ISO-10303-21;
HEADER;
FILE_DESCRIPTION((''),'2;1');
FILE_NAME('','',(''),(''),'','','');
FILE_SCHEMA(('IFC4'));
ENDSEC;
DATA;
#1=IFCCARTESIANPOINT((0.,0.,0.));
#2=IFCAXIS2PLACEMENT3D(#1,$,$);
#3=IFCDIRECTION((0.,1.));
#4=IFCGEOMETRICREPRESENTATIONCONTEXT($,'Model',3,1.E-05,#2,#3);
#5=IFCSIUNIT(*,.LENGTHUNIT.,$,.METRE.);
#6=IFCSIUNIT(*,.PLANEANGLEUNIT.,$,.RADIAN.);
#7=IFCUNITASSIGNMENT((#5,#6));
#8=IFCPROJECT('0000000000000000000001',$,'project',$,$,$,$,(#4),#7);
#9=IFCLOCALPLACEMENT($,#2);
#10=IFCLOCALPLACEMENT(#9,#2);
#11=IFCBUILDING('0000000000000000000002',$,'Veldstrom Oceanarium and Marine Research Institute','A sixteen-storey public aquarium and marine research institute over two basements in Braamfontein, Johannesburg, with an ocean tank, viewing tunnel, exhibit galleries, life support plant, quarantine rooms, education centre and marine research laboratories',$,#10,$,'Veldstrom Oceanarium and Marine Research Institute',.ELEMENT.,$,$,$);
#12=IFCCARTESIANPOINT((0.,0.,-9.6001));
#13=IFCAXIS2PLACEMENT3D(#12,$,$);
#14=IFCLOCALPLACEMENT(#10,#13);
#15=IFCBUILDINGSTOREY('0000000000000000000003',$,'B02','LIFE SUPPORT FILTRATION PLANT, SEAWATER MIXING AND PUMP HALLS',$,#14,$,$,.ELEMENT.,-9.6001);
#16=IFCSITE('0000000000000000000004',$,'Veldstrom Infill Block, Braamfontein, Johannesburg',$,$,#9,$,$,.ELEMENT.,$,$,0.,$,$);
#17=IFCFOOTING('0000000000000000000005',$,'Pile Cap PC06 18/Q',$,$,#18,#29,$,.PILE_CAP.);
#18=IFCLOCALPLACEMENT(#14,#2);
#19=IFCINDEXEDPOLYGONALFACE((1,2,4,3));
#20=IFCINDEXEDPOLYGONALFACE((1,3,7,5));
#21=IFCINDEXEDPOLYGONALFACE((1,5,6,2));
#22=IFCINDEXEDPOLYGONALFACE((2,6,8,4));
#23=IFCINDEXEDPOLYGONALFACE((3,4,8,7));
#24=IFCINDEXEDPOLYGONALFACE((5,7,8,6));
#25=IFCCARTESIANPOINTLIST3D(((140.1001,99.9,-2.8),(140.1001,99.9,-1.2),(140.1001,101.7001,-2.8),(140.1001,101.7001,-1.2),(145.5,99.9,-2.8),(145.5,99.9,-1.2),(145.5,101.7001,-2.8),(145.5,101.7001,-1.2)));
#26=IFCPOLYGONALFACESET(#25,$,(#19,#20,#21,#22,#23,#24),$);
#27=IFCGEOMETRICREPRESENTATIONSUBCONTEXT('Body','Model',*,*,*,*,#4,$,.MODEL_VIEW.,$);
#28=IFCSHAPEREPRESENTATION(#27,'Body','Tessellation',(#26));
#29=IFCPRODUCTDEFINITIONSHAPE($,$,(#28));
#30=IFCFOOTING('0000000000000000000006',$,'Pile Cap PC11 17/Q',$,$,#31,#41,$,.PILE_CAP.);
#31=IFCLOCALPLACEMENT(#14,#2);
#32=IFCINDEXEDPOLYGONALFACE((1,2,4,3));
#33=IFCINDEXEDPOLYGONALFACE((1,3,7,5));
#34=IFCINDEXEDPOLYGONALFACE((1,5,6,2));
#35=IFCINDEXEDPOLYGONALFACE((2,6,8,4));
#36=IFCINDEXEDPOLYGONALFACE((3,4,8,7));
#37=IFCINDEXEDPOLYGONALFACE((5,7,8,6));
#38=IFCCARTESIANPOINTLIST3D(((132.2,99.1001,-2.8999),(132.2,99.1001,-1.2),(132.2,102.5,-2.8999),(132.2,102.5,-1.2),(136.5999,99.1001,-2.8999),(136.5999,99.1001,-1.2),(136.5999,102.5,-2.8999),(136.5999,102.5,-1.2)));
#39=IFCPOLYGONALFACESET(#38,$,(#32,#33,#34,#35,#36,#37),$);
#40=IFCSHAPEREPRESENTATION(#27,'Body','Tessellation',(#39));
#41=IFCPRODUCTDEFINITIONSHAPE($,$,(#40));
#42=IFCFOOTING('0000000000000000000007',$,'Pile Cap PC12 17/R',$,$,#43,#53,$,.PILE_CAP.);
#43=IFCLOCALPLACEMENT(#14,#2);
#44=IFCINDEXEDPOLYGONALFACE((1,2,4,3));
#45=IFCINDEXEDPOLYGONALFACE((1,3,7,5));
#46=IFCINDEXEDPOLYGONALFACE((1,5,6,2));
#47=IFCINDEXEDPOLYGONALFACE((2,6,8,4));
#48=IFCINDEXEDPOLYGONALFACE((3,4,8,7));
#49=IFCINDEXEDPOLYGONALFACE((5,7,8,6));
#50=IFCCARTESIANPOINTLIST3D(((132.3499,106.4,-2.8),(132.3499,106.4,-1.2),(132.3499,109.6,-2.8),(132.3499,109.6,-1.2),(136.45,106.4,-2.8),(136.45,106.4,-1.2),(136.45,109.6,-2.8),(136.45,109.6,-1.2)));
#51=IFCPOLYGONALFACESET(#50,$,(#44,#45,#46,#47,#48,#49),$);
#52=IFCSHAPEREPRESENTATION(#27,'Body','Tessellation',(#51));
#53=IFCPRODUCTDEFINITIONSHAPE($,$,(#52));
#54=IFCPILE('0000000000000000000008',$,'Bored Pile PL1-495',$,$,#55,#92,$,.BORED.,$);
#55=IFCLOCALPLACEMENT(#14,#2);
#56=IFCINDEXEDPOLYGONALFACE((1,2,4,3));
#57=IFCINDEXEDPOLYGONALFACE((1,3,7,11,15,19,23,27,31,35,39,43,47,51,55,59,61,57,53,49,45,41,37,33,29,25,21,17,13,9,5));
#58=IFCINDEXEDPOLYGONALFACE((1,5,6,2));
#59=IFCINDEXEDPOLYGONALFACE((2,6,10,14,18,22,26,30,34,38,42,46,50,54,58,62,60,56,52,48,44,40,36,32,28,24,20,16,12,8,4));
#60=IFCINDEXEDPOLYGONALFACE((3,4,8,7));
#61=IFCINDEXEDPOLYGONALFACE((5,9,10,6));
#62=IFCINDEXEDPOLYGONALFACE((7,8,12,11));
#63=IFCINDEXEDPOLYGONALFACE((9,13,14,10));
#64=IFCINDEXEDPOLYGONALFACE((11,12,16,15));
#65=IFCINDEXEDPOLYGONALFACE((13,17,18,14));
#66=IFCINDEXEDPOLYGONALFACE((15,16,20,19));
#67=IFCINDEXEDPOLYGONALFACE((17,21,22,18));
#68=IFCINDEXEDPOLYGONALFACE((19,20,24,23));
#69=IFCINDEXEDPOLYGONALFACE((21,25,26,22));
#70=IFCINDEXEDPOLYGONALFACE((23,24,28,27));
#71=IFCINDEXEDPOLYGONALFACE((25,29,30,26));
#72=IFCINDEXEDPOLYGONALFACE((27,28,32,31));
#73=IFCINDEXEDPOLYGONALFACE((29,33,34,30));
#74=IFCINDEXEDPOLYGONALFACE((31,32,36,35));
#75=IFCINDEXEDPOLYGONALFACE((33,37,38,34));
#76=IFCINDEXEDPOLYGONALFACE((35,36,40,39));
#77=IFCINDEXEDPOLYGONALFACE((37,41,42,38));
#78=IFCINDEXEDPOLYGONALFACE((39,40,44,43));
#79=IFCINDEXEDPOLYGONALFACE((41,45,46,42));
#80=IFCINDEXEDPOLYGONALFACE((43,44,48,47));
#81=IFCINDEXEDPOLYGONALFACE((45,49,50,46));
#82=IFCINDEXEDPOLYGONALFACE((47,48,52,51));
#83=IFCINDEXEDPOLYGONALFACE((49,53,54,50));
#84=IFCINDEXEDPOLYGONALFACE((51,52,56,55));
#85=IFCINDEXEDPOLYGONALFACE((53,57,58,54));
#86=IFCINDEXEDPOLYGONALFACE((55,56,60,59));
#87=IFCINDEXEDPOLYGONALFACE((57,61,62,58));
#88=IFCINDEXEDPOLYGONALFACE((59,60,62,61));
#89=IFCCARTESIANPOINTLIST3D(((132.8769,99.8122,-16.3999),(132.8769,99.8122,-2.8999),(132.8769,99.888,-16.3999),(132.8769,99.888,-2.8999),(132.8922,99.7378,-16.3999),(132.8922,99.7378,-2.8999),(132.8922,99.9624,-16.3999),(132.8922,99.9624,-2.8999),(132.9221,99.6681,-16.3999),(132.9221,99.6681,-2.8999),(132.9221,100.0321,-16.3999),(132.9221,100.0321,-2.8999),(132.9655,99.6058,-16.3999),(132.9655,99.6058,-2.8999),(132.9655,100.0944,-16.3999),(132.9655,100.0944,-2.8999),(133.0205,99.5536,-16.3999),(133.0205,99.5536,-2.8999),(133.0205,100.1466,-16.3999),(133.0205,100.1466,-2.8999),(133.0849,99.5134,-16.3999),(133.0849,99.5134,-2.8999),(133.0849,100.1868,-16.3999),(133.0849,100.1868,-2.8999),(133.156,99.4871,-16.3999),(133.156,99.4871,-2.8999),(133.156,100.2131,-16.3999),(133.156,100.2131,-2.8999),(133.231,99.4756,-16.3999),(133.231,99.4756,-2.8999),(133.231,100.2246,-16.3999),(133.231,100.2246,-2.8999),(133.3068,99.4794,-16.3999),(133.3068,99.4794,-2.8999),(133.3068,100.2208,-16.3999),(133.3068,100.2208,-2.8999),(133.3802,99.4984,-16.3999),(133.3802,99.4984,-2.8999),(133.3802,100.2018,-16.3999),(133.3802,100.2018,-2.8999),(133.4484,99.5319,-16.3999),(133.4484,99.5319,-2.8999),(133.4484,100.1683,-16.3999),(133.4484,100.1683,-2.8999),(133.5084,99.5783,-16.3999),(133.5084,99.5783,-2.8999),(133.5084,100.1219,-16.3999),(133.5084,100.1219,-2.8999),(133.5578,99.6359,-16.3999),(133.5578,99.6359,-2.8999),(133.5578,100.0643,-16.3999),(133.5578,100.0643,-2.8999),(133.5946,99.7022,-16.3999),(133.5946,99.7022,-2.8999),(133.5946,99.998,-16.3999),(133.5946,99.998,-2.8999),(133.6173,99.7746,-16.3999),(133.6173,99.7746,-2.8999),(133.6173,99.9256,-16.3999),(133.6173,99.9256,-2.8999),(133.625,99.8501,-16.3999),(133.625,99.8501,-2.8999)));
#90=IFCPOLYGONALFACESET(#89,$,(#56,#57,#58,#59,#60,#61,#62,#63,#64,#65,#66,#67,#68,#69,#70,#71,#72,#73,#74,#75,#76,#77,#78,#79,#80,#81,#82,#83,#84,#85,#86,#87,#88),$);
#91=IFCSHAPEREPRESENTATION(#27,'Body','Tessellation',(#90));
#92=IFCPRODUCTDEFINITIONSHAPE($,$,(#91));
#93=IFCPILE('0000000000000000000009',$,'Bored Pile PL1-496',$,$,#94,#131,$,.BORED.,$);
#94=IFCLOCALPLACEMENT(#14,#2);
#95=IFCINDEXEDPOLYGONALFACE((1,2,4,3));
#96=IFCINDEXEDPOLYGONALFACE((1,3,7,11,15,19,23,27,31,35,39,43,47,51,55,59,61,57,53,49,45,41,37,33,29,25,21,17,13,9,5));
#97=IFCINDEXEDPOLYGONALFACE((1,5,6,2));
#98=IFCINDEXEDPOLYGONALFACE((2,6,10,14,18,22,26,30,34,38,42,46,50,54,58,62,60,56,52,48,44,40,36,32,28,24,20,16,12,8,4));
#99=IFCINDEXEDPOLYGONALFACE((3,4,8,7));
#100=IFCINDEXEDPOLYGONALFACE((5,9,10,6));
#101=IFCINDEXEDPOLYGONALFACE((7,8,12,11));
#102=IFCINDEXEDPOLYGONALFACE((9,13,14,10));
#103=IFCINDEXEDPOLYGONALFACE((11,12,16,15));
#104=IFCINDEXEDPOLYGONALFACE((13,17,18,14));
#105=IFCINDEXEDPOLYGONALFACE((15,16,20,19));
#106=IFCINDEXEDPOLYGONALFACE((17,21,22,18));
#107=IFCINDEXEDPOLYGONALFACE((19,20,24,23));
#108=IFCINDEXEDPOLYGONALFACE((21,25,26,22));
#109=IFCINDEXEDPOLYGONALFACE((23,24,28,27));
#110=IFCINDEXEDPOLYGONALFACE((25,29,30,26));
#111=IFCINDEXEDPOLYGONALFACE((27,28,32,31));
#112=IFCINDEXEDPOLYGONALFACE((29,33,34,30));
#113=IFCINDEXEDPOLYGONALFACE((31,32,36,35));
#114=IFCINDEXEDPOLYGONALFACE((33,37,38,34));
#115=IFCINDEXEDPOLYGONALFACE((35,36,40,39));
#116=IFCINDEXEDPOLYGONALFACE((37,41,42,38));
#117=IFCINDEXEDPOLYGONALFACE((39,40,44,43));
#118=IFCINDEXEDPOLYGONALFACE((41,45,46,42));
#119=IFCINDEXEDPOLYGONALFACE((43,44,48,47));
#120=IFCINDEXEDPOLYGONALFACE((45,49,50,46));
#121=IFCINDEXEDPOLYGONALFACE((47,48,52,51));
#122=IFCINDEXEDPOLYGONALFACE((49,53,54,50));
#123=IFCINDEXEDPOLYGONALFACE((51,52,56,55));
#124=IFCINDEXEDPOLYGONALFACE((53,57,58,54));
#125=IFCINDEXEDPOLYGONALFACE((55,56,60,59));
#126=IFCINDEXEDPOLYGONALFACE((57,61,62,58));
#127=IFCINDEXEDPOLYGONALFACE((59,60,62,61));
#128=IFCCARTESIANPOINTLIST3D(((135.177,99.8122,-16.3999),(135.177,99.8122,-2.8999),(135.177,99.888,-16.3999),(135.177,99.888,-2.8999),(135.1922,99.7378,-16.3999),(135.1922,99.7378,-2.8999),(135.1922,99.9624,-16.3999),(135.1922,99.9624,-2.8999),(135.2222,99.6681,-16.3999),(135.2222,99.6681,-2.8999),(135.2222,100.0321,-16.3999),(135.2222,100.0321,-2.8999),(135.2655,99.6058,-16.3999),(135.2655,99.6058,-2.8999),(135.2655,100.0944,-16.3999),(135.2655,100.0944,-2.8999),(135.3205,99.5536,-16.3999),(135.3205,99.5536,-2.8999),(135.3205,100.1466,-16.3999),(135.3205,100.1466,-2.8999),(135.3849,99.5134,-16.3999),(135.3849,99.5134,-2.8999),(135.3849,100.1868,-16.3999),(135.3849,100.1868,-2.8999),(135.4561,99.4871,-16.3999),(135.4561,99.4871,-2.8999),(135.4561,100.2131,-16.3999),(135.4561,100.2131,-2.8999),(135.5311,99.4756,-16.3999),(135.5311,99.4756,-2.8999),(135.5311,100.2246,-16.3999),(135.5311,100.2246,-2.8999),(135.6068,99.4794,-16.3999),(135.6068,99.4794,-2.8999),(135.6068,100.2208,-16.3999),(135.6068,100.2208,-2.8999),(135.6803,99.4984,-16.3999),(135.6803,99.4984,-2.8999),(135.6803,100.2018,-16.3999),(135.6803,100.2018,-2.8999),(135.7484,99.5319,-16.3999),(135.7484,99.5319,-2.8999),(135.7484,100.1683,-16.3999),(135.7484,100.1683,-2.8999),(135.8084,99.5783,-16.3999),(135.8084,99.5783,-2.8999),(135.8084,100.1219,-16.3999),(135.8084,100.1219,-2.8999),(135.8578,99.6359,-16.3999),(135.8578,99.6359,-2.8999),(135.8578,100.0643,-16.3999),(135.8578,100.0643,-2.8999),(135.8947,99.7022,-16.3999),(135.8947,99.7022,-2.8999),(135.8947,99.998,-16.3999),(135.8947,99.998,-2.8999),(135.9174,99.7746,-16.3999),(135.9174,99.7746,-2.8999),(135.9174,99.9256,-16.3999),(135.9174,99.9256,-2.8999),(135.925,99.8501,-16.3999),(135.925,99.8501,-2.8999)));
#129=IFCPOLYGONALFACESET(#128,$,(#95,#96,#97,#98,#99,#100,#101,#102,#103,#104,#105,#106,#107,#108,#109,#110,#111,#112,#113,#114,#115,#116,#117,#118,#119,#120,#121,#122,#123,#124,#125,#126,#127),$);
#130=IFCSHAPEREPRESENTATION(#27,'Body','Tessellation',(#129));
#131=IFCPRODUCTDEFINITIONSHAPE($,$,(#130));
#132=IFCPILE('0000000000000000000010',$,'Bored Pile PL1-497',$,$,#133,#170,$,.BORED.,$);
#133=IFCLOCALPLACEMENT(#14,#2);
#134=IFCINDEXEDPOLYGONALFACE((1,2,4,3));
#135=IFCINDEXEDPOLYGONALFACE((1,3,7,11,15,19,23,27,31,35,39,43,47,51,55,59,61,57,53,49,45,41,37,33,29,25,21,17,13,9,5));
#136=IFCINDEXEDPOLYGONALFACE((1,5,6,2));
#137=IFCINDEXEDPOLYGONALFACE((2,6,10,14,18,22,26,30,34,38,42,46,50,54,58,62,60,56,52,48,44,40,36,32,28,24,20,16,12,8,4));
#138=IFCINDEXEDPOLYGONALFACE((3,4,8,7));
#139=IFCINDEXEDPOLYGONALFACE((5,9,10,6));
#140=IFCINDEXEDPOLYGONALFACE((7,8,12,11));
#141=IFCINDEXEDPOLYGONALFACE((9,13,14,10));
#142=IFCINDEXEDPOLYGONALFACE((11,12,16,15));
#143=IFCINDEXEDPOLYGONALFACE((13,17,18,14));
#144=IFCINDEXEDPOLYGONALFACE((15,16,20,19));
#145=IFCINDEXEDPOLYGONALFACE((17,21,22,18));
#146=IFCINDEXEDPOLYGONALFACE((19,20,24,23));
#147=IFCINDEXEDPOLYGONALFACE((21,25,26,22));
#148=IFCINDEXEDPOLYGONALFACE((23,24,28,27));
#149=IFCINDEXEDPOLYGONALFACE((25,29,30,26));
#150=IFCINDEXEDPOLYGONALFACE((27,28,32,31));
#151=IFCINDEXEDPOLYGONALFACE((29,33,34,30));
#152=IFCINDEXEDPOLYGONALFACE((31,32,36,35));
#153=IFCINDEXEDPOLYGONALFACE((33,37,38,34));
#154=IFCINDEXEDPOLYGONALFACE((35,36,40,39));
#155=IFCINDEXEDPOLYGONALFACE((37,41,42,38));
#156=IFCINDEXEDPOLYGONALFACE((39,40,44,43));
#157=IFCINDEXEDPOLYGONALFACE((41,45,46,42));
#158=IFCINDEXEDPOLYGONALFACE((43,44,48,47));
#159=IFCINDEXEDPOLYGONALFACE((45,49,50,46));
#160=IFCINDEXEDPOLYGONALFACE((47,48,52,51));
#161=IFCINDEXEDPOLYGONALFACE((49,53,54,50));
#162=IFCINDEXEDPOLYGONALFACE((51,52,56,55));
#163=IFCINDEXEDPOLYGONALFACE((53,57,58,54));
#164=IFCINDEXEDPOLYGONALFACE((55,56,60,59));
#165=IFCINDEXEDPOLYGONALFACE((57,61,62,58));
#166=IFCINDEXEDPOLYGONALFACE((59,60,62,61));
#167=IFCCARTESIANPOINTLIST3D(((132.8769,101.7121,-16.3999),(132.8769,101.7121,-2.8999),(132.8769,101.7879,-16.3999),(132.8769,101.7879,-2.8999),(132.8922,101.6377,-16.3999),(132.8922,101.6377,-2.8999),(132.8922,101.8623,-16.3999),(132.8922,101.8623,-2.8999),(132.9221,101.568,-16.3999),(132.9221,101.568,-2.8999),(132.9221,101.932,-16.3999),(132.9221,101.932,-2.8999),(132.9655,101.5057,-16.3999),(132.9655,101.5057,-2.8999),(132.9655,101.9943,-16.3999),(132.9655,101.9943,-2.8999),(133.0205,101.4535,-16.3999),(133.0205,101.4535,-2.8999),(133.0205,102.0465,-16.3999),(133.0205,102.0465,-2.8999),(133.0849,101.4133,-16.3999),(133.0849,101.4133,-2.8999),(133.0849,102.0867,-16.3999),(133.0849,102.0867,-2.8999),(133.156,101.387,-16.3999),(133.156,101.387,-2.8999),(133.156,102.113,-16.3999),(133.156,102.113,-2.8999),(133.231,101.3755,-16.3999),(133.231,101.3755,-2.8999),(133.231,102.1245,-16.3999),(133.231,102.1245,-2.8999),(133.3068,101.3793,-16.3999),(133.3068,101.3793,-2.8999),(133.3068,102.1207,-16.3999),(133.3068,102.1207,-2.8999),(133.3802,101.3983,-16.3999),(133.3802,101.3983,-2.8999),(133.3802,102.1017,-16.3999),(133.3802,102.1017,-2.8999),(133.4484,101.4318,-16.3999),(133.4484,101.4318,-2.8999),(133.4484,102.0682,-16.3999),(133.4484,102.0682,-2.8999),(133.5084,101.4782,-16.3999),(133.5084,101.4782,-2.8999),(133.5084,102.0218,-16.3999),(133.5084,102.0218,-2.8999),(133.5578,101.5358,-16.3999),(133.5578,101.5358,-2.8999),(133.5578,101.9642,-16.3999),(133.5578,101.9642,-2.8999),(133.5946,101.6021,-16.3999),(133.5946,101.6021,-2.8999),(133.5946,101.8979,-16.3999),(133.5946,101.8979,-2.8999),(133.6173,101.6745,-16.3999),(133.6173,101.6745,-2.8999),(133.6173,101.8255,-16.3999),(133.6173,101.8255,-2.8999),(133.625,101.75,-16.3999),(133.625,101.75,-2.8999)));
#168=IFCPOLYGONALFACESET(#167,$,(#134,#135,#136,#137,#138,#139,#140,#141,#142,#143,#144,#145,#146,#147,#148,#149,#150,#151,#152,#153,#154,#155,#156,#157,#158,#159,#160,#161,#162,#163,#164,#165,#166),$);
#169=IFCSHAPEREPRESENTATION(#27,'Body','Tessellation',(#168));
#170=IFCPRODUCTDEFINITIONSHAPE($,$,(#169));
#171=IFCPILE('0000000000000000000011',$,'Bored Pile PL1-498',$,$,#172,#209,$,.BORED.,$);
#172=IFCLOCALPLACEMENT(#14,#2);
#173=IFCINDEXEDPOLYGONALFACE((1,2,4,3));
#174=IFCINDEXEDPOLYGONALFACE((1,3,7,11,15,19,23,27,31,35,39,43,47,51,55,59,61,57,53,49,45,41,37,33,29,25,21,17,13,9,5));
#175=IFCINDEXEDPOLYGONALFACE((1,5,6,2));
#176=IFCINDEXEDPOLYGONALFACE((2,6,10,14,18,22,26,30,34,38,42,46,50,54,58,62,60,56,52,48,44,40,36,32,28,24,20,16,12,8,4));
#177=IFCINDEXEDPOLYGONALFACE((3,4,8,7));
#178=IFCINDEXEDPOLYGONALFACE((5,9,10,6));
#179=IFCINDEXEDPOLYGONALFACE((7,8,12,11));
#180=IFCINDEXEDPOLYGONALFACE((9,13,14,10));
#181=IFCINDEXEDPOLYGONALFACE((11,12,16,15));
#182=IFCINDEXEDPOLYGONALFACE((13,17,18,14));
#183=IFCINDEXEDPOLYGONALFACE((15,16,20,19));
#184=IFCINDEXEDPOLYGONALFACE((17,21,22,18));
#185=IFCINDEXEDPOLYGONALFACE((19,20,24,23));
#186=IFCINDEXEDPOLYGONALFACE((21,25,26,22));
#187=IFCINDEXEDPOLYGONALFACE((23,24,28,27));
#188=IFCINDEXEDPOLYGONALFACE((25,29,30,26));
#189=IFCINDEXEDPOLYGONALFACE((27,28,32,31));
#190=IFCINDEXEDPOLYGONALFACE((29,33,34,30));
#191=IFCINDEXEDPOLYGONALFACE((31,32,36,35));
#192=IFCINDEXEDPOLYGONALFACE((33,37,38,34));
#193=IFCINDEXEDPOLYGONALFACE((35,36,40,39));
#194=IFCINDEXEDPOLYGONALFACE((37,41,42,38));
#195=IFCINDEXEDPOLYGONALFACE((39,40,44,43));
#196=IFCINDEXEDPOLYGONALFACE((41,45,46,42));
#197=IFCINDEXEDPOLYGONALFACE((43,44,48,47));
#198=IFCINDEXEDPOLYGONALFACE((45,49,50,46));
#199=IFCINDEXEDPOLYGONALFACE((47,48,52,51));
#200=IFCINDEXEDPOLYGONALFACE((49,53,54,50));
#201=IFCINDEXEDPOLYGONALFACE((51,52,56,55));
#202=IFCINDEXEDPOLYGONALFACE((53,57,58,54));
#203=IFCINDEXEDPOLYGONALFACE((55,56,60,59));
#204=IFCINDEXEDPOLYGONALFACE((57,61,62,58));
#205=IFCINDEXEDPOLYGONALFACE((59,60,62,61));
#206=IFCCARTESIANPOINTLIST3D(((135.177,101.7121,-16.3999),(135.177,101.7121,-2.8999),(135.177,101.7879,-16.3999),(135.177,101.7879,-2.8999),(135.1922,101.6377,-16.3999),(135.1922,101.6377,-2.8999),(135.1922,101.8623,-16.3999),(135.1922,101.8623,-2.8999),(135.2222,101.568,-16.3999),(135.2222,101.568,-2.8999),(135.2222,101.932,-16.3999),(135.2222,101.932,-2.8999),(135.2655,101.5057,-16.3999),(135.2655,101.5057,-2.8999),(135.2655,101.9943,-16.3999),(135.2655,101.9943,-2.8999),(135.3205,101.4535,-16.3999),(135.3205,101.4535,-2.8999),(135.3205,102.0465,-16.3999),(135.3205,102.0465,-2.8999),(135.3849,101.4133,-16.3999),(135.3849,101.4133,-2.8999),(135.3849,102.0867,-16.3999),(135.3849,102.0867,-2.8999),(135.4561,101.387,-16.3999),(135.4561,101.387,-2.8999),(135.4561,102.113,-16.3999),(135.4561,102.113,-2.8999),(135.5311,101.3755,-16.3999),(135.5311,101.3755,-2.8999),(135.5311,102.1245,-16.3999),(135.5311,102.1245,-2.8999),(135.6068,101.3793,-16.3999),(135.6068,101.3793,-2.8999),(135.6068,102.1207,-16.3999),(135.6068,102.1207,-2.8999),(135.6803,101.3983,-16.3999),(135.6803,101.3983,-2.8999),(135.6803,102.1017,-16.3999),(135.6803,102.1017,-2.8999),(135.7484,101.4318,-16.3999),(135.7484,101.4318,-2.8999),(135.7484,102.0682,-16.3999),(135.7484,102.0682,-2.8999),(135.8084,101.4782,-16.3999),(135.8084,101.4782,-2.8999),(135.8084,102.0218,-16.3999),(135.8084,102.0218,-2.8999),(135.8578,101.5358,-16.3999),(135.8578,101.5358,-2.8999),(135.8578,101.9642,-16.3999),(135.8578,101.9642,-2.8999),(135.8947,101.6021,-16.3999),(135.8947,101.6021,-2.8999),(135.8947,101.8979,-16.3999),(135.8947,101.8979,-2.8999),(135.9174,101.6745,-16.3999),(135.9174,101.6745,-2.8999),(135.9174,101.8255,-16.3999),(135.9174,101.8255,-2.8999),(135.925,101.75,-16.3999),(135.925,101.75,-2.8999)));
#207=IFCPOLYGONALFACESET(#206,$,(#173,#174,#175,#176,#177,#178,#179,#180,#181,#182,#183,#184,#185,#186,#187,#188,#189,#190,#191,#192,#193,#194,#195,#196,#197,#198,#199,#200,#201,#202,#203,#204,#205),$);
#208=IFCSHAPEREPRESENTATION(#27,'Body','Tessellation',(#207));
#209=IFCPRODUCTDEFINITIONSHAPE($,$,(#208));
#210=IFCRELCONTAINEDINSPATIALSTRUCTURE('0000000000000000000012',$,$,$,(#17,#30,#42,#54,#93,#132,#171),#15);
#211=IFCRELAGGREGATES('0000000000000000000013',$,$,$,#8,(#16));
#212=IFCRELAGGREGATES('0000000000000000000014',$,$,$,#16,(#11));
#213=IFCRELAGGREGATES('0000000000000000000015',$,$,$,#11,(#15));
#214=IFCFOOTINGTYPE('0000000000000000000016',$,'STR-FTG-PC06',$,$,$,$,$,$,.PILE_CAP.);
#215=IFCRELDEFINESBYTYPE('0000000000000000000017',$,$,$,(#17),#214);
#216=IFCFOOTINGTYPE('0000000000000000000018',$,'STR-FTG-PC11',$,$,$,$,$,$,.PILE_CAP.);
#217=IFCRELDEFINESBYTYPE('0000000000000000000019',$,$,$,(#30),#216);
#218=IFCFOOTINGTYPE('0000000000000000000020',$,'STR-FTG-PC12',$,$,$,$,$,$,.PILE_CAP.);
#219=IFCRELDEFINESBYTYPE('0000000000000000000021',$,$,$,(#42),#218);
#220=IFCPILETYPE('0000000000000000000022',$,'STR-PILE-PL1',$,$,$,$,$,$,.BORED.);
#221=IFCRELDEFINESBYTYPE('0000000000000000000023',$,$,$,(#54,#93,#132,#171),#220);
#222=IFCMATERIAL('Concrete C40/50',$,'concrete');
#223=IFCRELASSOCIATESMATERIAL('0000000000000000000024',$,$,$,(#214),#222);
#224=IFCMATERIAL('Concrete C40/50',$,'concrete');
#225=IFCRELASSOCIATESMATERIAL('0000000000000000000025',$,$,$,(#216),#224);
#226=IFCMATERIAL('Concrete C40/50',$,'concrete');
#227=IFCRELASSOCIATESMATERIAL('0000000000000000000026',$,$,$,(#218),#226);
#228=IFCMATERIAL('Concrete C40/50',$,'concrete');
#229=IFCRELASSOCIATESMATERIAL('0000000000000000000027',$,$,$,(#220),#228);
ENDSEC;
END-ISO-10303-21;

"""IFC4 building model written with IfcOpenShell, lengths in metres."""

from ifc_helpers import new_model, si_unit, direction, frame, origin, origin_2d, place, context, subcontext, project, spatial, rectangle, circle, extrude, material, material_profile, profile_set, type_object, element, save


model = new_model("IFC4")

# Units and contexts
model_context = context("Model", 3, precision=1e-05, world=origin(), true_north=direction((0.0, 1.0)))
body_context = subcontext(model_context, "Body", "Model", "MODEL_VIEW")
ifc_project = project(units=[si_unit("LENGTHUNIT", "METRE"), si_unit("PLANEANGLEUNIT", "RADIAN")], contexts=[model_context])

# Site, building, storey
site_placement = place(None, origin())
site = spatial("IfcSite", under=ifc_project, at=site_placement, Name="Veldstrom Infill Block, Braamfontein, Johannesburg", CompositionType="ELEMENT", RefElevation=0.0)
building_placement = place(site_placement, origin())
building = spatial("IfcBuilding", under=site, at=building_placement, Name="Veldstrom Oceanarium and Marine Research Institute", Description="A sixteen-storey public aquarium and marine research institute over two basements in Braamfontein, Johannesburg, with an ocean tank, viewing tunnel, exhibit galleries, life support plant, quarantine rooms, education centre and marine research laboratories", LongName="Veldstrom Oceanarium and Marine Research Institute", CompositionType="ELEMENT")
storey_placement = place(building_placement, frame((0.0, 0.0, -9.6001)))
storey = spatial("IfcBuildingStorey", under=building, at=storey_placement, Name="B02", Description="LIFE SUPPORT FILTRATION PLANT, SEAWATER MIXING AND PUMP HALLS", CompositionType="ELEMENT", Elevation=-9.6001)

# Footings
ifc_material_1 = material(Name="Concrete C40/50", Category="concrete")
footing_type_1 = type_object("IfcFootingType", Name="STR-FTG-PC06", PredefinedType="PILE_CAP", material=ifc_material_1)
footing_1_placement = place(storey_placement, frame((142.8, 100.8, -2.8), z_axis=(0.0, 0.0, 1.0), x_axis=(1.0, 0.0, 0.0)))
element("IfcFooting", 1, at=footing_1_placement, inside=storey, type_object=footing_type_1, Name="Pile Cap PC06 18/Q", PredefinedType="PILE_CAP", context=body_context, shape_type="SweptSolid", body=[
    extrude(rectangle(XDim=5.3999, YDim=1.8, at=origin_2d()), origin(), (0.0, 0.0, 1.0), 1.6001),
])
ifc_material_2 = material(Name="Concrete C40/50", Category="concrete")
footing_type_2 = type_object("IfcFootingType", Name="STR-FTG-PC11", PredefinedType="PILE_CAP", material=ifc_material_2)
footing_2_placement = place(storey_placement, frame((134.3999, 100.8, -2.8999), z_axis=(0.0, 0.0, 1.0), x_axis=(1.0, 0.0, 0.0)))
element("IfcFooting", 2, at=footing_2_placement, inside=storey, type_object=footing_type_2, Name="Pile Cap PC11 17/Q", PredefinedType="PILE_CAP", context=body_context, shape_type="SweptSolid", body=[
    extrude(rectangle(XDim=4.3999, YDim=3.3999, at=origin_2d()), origin(), (0.0, 0.0, 1.0), 1.7),
])
ifc_material_3 = material(Name="Concrete C40/50", Category="concrete")
footing_type_3 = type_object("IfcFootingType", Name="STR-FTG-PC12", PredefinedType="PILE_CAP", material=ifc_material_3)
footing_3_placement = place(storey_placement, frame((134.3999, 108.0, -2.8), z_axis=(0.0, 0.0, 1.0), x_axis=(1.0, 0.0, 0.0)))
element("IfcFooting", 3, at=footing_3_placement, inside=storey, type_object=footing_type_3, Name="Pile Cap PC12 17/R", PredefinedType="PILE_CAP", context=body_context, shape_type="SweptSolid", body=[
    extrude(rectangle(XDim=4.1001, YDim=3.2, at=origin_2d()), origin(), (0.0, 0.0, 1.0), 1.6001),
])

# Piles
ifc_material_4 = material(Name="Concrete C40/50", Category="concrete")
ifc_material_profile_1 = material_profile(ifc_material_4, circle(Radius=0.375, at=origin_2d()), Name="PILE-D750")
ifc_profile_set_1 = profile_set([ifc_material_profile_1], Name="Concrete C40/50")
pile_type = type_object("IfcPileType", Name="STR-PILE-PL1", PredefinedType="BORED", material=ifc_profile_set_1)
for number, where, z_axis, x_axis, name in (
    (4, (133.25, 99.8501, -2.8999), (0.0, 0.0, -1.0), (1.0, 0.0, 0.0), "Bored Pile PL1-495"),
    (5, (135.55, 99.8501, -2.8999), (0.0, 0.0, -1.0), (1.0, 0.0, 0.0), "Bored Pile PL1-496"),
    (6, (133.25, 101.75, -2.8999), (0.0, 0.0, -1.0), (1.0, 0.0, 0.0), "Bored Pile PL1-497"),
    (7, (135.55, 101.75, -2.8999), (0.0, 0.0, -1.0), (1.0, 0.0, 0.0), "Bored Pile PL1-498"),
):
    element("IfcPile", number, at=place(storey_placement, frame(where, z_axis=z_axis, x_axis=x_axis)), inside=storey, type_object=pile_type, Name=name, PredefinedType="BORED", context=body_context, shape_type="SweptSolid", body=[
        extrude(circle(Radius=0.375, at=origin_2d()), origin(), (0.0, 0.0, 1.0), 13.5),
    ])

save(model, "model.ifc")
